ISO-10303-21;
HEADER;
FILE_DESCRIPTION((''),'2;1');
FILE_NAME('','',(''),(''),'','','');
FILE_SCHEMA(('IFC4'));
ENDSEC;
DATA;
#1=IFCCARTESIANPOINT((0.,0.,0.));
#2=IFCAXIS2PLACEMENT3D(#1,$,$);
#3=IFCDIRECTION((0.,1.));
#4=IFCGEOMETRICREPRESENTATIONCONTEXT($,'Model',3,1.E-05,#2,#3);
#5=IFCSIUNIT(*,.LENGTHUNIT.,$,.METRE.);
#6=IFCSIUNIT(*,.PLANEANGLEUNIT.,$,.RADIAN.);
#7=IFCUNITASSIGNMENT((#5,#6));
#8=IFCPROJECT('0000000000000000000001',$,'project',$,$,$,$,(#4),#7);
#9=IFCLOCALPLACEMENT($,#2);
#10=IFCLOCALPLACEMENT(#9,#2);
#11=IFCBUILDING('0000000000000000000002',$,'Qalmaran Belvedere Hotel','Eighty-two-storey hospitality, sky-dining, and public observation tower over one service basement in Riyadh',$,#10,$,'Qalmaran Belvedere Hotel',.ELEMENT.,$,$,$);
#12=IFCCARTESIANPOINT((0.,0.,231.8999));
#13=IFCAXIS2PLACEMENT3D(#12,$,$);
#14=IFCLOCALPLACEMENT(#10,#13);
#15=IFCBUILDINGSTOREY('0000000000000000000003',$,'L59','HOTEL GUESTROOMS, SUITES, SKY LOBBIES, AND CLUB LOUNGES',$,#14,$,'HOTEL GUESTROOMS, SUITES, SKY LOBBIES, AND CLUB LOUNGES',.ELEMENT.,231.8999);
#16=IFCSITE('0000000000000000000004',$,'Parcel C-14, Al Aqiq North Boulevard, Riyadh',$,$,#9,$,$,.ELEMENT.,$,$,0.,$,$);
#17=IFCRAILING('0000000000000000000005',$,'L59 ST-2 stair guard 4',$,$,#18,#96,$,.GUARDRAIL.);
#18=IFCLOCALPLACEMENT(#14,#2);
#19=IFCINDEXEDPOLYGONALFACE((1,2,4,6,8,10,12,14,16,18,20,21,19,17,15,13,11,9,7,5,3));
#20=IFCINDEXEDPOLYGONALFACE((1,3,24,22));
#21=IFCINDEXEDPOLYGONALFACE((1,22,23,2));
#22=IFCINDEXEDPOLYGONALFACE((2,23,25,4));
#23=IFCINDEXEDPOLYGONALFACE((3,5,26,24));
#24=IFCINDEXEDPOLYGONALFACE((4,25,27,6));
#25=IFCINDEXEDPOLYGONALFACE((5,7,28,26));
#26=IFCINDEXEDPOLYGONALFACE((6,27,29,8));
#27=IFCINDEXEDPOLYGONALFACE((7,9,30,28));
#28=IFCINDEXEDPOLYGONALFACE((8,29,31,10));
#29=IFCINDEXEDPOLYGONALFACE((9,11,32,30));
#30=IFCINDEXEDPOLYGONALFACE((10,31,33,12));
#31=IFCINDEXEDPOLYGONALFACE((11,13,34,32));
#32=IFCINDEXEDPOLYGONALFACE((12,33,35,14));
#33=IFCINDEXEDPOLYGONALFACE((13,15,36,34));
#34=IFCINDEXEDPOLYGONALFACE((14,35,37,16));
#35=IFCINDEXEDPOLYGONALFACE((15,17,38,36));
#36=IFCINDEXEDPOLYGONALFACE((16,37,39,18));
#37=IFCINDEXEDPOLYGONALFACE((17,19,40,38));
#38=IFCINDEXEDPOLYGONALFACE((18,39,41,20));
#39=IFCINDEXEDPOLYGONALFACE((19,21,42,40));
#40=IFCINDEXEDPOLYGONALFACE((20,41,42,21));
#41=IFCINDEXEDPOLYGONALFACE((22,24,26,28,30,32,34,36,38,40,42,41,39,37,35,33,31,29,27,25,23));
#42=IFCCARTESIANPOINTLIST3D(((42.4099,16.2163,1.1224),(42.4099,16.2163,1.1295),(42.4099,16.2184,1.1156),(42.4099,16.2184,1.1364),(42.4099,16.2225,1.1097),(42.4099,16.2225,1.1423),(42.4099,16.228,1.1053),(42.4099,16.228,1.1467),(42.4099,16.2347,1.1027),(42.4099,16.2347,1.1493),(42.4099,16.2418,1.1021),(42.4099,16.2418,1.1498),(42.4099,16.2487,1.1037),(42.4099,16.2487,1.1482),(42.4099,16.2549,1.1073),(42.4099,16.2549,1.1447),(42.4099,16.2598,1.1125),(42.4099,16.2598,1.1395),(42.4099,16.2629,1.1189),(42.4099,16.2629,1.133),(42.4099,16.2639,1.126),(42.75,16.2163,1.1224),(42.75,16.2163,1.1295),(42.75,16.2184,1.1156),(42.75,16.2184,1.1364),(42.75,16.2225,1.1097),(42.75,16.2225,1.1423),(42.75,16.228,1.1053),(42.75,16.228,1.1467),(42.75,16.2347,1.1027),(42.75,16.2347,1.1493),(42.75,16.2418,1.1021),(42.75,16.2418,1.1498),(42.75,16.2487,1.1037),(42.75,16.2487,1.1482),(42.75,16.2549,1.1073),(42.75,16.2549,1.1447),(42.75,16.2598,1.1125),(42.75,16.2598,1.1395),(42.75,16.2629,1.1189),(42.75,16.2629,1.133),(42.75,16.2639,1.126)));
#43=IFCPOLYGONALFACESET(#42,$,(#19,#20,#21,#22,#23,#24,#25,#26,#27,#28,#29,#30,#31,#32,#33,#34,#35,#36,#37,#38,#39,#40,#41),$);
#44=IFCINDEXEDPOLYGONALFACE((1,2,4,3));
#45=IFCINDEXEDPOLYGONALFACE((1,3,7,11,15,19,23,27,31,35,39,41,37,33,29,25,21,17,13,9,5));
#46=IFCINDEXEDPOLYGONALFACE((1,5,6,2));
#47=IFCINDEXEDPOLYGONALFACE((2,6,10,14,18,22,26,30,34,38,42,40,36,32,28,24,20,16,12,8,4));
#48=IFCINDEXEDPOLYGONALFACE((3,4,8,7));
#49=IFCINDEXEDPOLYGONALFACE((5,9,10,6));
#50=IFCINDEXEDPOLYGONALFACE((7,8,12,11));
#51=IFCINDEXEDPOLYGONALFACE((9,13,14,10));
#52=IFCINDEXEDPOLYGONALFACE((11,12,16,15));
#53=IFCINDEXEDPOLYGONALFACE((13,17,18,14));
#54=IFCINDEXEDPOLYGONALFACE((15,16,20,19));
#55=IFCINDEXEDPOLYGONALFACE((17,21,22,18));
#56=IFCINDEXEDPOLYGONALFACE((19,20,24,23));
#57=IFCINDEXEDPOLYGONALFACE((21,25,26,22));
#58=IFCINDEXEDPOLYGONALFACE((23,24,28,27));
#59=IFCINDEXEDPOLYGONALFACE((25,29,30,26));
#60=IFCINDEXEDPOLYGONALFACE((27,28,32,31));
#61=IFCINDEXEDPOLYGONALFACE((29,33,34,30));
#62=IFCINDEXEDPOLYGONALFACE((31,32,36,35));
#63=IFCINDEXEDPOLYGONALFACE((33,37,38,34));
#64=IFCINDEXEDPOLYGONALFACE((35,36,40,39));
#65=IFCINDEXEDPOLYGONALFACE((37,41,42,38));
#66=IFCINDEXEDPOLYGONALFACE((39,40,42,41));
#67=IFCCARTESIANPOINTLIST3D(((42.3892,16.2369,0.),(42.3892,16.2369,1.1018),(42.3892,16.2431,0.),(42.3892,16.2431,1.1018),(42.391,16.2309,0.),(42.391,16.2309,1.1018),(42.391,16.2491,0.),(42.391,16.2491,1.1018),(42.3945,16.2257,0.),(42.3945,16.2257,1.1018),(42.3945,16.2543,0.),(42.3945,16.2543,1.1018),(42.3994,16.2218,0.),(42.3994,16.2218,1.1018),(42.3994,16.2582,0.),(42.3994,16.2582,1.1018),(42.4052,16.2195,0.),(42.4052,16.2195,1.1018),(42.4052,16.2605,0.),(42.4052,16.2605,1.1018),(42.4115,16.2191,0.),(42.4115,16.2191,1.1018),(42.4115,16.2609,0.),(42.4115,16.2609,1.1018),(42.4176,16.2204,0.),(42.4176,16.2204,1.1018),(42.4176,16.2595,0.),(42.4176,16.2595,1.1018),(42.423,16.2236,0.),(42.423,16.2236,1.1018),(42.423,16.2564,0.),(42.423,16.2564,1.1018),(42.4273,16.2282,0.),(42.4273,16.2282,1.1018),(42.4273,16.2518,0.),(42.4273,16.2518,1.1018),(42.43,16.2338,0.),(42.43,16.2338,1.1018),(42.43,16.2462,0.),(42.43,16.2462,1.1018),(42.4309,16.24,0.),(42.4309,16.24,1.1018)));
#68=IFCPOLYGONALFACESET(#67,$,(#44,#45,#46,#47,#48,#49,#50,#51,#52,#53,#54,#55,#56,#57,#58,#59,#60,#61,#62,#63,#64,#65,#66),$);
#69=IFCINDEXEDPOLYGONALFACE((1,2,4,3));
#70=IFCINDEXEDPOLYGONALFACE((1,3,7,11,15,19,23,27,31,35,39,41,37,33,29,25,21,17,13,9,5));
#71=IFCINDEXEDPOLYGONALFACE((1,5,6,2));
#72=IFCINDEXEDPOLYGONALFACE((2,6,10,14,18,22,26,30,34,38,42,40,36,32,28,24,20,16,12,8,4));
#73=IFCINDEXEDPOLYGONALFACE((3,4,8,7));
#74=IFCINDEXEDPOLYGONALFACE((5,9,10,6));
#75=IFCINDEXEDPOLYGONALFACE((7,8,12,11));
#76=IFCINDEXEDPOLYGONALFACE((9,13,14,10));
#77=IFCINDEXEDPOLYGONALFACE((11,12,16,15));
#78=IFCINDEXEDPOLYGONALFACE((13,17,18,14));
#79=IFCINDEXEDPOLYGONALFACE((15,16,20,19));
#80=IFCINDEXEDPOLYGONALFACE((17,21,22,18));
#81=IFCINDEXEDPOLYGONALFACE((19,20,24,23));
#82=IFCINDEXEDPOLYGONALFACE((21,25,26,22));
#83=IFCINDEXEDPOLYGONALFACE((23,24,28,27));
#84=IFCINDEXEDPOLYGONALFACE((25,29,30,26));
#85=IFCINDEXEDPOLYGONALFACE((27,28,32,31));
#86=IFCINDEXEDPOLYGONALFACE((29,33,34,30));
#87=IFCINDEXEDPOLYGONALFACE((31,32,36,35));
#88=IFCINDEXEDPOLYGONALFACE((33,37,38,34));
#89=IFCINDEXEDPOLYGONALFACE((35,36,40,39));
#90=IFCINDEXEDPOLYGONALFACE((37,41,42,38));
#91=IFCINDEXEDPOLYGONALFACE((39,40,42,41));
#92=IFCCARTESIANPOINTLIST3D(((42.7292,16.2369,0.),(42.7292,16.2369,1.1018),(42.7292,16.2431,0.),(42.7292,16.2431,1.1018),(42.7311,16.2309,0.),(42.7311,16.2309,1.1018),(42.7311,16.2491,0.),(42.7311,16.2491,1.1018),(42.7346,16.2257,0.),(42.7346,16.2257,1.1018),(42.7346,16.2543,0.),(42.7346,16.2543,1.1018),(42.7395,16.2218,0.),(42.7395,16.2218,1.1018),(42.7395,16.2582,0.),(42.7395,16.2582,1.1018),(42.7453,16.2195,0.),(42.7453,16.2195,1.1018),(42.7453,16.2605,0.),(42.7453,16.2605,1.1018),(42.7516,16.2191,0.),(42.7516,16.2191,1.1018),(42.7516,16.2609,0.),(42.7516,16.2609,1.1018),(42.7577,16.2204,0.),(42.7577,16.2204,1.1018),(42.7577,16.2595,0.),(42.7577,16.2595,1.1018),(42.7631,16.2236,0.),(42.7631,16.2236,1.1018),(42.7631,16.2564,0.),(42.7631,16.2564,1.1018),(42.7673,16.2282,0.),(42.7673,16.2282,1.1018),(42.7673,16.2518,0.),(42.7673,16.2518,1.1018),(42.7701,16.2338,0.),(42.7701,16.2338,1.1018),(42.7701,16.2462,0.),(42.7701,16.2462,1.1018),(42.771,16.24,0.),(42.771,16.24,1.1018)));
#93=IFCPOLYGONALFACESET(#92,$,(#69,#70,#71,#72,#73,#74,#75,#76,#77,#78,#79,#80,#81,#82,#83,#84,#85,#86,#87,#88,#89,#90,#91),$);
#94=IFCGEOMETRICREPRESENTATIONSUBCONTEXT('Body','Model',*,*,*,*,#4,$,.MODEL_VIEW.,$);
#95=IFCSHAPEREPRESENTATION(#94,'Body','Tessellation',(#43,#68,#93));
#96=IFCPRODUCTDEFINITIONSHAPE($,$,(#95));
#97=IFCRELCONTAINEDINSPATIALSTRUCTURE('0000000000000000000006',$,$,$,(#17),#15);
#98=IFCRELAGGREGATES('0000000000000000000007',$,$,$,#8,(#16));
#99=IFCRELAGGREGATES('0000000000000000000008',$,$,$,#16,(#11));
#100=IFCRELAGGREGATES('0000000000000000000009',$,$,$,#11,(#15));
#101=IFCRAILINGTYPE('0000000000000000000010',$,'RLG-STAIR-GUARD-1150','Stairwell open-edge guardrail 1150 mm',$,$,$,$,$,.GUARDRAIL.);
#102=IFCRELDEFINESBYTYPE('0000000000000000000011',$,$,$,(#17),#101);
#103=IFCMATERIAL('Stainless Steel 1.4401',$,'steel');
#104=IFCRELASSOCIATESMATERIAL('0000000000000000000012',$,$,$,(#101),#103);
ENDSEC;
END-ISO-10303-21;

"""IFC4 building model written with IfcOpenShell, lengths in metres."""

from ifc_helpers import new_model, si_unit, direction, frame, origin, origin_2d, place, context, subcontext, project, spatial, circle, extrude, material, type_object, element, save


model = new_model("IFC4")

# Units and contexts
model_context = context("Model", 3, precision=1e-05, world=origin(), true_north=direction((0.0, 1.0)))
body_context = subcontext(model_context, "Body", "Model", "MODEL_VIEW")
ifc_project = project(units=[si_unit("LENGTHUNIT", "METRE"), si_unit("PLANEANGLEUNIT", "RADIAN")], contexts=[model_context])

# Site, building, storey
site_placement = place(None, origin())
site = spatial("IfcSite", under=ifc_project, at=site_placement, Name="Parcel C-14, Al Aqiq North Boulevard, Riyadh", CompositionType="ELEMENT", RefElevation=0.0)
building_placement = place(site_placement, origin())
building = spatial("IfcBuilding", under=site, at=building_placement, Name="Qalmaran Belvedere Hotel", Description="Eighty-two-storey hospitality, sky-dining, and public observation tower over one service basement in Riyadh", LongName="Qalmaran Belvedere Hotel", CompositionType="ELEMENT")
storey_placement = place(building_placement, frame((0.0, 0.0, 231.8999)))
storey = spatial("IfcBuildingStorey", under=building, at=storey_placement, Name="L59", Description="HOTEL GUESTROOMS, SUITES, SKY LOBBIES, AND CLUB LOUNGES", LongName="HOTEL GUESTROOMS, SUITES, SKY LOBBIES, AND CLUB LOUNGES", CompositionType="ELEMENT", Elevation=231.8999)

# Railing
ifc_material_1 = material(Name="Stainless Steel 1.4401", Category="steel")
railing_type_1 = type_object("IfcRailingType", Name="RLG-STAIR-GUARD-1150", Description="Stairwell open-edge guardrail 1150 mm", PredefinedType="GUARDRAIL", material=ifc_material_1)
railing_1_placement = place(storey_placement, frame((42.4099, 16.24, 0.0)))
element("IfcRailing", 1, at=railing_1_placement, inside=storey, type_object=railing_type_1, Name="L59 ST-2 stair guard 4", PredefinedType="GUARDRAIL", context=body_context, shape_type="SweptSolid", body=[
    extrude(circle(Radius=0.0239, at=origin_2d()), frame((0.0, 0.0, 1.126), z_axis=(1.0, 0.0, 0.0), x_axis=(0.0, 1.0, 0.0)), (0.0, 0.0, 1.0), 0.3401),
    extrude(circle(Radius=0.021, at=origin_2d()), origin(), (0.0, 0.0, 1.0), 1.1018),
    extrude(circle(Radius=0.021, at=origin_2d()), frame((0.3401, 0.0, 0.0)), (0.0, 0.0, 1.0), 1.1018),
])

save(model, "model.ifc")
